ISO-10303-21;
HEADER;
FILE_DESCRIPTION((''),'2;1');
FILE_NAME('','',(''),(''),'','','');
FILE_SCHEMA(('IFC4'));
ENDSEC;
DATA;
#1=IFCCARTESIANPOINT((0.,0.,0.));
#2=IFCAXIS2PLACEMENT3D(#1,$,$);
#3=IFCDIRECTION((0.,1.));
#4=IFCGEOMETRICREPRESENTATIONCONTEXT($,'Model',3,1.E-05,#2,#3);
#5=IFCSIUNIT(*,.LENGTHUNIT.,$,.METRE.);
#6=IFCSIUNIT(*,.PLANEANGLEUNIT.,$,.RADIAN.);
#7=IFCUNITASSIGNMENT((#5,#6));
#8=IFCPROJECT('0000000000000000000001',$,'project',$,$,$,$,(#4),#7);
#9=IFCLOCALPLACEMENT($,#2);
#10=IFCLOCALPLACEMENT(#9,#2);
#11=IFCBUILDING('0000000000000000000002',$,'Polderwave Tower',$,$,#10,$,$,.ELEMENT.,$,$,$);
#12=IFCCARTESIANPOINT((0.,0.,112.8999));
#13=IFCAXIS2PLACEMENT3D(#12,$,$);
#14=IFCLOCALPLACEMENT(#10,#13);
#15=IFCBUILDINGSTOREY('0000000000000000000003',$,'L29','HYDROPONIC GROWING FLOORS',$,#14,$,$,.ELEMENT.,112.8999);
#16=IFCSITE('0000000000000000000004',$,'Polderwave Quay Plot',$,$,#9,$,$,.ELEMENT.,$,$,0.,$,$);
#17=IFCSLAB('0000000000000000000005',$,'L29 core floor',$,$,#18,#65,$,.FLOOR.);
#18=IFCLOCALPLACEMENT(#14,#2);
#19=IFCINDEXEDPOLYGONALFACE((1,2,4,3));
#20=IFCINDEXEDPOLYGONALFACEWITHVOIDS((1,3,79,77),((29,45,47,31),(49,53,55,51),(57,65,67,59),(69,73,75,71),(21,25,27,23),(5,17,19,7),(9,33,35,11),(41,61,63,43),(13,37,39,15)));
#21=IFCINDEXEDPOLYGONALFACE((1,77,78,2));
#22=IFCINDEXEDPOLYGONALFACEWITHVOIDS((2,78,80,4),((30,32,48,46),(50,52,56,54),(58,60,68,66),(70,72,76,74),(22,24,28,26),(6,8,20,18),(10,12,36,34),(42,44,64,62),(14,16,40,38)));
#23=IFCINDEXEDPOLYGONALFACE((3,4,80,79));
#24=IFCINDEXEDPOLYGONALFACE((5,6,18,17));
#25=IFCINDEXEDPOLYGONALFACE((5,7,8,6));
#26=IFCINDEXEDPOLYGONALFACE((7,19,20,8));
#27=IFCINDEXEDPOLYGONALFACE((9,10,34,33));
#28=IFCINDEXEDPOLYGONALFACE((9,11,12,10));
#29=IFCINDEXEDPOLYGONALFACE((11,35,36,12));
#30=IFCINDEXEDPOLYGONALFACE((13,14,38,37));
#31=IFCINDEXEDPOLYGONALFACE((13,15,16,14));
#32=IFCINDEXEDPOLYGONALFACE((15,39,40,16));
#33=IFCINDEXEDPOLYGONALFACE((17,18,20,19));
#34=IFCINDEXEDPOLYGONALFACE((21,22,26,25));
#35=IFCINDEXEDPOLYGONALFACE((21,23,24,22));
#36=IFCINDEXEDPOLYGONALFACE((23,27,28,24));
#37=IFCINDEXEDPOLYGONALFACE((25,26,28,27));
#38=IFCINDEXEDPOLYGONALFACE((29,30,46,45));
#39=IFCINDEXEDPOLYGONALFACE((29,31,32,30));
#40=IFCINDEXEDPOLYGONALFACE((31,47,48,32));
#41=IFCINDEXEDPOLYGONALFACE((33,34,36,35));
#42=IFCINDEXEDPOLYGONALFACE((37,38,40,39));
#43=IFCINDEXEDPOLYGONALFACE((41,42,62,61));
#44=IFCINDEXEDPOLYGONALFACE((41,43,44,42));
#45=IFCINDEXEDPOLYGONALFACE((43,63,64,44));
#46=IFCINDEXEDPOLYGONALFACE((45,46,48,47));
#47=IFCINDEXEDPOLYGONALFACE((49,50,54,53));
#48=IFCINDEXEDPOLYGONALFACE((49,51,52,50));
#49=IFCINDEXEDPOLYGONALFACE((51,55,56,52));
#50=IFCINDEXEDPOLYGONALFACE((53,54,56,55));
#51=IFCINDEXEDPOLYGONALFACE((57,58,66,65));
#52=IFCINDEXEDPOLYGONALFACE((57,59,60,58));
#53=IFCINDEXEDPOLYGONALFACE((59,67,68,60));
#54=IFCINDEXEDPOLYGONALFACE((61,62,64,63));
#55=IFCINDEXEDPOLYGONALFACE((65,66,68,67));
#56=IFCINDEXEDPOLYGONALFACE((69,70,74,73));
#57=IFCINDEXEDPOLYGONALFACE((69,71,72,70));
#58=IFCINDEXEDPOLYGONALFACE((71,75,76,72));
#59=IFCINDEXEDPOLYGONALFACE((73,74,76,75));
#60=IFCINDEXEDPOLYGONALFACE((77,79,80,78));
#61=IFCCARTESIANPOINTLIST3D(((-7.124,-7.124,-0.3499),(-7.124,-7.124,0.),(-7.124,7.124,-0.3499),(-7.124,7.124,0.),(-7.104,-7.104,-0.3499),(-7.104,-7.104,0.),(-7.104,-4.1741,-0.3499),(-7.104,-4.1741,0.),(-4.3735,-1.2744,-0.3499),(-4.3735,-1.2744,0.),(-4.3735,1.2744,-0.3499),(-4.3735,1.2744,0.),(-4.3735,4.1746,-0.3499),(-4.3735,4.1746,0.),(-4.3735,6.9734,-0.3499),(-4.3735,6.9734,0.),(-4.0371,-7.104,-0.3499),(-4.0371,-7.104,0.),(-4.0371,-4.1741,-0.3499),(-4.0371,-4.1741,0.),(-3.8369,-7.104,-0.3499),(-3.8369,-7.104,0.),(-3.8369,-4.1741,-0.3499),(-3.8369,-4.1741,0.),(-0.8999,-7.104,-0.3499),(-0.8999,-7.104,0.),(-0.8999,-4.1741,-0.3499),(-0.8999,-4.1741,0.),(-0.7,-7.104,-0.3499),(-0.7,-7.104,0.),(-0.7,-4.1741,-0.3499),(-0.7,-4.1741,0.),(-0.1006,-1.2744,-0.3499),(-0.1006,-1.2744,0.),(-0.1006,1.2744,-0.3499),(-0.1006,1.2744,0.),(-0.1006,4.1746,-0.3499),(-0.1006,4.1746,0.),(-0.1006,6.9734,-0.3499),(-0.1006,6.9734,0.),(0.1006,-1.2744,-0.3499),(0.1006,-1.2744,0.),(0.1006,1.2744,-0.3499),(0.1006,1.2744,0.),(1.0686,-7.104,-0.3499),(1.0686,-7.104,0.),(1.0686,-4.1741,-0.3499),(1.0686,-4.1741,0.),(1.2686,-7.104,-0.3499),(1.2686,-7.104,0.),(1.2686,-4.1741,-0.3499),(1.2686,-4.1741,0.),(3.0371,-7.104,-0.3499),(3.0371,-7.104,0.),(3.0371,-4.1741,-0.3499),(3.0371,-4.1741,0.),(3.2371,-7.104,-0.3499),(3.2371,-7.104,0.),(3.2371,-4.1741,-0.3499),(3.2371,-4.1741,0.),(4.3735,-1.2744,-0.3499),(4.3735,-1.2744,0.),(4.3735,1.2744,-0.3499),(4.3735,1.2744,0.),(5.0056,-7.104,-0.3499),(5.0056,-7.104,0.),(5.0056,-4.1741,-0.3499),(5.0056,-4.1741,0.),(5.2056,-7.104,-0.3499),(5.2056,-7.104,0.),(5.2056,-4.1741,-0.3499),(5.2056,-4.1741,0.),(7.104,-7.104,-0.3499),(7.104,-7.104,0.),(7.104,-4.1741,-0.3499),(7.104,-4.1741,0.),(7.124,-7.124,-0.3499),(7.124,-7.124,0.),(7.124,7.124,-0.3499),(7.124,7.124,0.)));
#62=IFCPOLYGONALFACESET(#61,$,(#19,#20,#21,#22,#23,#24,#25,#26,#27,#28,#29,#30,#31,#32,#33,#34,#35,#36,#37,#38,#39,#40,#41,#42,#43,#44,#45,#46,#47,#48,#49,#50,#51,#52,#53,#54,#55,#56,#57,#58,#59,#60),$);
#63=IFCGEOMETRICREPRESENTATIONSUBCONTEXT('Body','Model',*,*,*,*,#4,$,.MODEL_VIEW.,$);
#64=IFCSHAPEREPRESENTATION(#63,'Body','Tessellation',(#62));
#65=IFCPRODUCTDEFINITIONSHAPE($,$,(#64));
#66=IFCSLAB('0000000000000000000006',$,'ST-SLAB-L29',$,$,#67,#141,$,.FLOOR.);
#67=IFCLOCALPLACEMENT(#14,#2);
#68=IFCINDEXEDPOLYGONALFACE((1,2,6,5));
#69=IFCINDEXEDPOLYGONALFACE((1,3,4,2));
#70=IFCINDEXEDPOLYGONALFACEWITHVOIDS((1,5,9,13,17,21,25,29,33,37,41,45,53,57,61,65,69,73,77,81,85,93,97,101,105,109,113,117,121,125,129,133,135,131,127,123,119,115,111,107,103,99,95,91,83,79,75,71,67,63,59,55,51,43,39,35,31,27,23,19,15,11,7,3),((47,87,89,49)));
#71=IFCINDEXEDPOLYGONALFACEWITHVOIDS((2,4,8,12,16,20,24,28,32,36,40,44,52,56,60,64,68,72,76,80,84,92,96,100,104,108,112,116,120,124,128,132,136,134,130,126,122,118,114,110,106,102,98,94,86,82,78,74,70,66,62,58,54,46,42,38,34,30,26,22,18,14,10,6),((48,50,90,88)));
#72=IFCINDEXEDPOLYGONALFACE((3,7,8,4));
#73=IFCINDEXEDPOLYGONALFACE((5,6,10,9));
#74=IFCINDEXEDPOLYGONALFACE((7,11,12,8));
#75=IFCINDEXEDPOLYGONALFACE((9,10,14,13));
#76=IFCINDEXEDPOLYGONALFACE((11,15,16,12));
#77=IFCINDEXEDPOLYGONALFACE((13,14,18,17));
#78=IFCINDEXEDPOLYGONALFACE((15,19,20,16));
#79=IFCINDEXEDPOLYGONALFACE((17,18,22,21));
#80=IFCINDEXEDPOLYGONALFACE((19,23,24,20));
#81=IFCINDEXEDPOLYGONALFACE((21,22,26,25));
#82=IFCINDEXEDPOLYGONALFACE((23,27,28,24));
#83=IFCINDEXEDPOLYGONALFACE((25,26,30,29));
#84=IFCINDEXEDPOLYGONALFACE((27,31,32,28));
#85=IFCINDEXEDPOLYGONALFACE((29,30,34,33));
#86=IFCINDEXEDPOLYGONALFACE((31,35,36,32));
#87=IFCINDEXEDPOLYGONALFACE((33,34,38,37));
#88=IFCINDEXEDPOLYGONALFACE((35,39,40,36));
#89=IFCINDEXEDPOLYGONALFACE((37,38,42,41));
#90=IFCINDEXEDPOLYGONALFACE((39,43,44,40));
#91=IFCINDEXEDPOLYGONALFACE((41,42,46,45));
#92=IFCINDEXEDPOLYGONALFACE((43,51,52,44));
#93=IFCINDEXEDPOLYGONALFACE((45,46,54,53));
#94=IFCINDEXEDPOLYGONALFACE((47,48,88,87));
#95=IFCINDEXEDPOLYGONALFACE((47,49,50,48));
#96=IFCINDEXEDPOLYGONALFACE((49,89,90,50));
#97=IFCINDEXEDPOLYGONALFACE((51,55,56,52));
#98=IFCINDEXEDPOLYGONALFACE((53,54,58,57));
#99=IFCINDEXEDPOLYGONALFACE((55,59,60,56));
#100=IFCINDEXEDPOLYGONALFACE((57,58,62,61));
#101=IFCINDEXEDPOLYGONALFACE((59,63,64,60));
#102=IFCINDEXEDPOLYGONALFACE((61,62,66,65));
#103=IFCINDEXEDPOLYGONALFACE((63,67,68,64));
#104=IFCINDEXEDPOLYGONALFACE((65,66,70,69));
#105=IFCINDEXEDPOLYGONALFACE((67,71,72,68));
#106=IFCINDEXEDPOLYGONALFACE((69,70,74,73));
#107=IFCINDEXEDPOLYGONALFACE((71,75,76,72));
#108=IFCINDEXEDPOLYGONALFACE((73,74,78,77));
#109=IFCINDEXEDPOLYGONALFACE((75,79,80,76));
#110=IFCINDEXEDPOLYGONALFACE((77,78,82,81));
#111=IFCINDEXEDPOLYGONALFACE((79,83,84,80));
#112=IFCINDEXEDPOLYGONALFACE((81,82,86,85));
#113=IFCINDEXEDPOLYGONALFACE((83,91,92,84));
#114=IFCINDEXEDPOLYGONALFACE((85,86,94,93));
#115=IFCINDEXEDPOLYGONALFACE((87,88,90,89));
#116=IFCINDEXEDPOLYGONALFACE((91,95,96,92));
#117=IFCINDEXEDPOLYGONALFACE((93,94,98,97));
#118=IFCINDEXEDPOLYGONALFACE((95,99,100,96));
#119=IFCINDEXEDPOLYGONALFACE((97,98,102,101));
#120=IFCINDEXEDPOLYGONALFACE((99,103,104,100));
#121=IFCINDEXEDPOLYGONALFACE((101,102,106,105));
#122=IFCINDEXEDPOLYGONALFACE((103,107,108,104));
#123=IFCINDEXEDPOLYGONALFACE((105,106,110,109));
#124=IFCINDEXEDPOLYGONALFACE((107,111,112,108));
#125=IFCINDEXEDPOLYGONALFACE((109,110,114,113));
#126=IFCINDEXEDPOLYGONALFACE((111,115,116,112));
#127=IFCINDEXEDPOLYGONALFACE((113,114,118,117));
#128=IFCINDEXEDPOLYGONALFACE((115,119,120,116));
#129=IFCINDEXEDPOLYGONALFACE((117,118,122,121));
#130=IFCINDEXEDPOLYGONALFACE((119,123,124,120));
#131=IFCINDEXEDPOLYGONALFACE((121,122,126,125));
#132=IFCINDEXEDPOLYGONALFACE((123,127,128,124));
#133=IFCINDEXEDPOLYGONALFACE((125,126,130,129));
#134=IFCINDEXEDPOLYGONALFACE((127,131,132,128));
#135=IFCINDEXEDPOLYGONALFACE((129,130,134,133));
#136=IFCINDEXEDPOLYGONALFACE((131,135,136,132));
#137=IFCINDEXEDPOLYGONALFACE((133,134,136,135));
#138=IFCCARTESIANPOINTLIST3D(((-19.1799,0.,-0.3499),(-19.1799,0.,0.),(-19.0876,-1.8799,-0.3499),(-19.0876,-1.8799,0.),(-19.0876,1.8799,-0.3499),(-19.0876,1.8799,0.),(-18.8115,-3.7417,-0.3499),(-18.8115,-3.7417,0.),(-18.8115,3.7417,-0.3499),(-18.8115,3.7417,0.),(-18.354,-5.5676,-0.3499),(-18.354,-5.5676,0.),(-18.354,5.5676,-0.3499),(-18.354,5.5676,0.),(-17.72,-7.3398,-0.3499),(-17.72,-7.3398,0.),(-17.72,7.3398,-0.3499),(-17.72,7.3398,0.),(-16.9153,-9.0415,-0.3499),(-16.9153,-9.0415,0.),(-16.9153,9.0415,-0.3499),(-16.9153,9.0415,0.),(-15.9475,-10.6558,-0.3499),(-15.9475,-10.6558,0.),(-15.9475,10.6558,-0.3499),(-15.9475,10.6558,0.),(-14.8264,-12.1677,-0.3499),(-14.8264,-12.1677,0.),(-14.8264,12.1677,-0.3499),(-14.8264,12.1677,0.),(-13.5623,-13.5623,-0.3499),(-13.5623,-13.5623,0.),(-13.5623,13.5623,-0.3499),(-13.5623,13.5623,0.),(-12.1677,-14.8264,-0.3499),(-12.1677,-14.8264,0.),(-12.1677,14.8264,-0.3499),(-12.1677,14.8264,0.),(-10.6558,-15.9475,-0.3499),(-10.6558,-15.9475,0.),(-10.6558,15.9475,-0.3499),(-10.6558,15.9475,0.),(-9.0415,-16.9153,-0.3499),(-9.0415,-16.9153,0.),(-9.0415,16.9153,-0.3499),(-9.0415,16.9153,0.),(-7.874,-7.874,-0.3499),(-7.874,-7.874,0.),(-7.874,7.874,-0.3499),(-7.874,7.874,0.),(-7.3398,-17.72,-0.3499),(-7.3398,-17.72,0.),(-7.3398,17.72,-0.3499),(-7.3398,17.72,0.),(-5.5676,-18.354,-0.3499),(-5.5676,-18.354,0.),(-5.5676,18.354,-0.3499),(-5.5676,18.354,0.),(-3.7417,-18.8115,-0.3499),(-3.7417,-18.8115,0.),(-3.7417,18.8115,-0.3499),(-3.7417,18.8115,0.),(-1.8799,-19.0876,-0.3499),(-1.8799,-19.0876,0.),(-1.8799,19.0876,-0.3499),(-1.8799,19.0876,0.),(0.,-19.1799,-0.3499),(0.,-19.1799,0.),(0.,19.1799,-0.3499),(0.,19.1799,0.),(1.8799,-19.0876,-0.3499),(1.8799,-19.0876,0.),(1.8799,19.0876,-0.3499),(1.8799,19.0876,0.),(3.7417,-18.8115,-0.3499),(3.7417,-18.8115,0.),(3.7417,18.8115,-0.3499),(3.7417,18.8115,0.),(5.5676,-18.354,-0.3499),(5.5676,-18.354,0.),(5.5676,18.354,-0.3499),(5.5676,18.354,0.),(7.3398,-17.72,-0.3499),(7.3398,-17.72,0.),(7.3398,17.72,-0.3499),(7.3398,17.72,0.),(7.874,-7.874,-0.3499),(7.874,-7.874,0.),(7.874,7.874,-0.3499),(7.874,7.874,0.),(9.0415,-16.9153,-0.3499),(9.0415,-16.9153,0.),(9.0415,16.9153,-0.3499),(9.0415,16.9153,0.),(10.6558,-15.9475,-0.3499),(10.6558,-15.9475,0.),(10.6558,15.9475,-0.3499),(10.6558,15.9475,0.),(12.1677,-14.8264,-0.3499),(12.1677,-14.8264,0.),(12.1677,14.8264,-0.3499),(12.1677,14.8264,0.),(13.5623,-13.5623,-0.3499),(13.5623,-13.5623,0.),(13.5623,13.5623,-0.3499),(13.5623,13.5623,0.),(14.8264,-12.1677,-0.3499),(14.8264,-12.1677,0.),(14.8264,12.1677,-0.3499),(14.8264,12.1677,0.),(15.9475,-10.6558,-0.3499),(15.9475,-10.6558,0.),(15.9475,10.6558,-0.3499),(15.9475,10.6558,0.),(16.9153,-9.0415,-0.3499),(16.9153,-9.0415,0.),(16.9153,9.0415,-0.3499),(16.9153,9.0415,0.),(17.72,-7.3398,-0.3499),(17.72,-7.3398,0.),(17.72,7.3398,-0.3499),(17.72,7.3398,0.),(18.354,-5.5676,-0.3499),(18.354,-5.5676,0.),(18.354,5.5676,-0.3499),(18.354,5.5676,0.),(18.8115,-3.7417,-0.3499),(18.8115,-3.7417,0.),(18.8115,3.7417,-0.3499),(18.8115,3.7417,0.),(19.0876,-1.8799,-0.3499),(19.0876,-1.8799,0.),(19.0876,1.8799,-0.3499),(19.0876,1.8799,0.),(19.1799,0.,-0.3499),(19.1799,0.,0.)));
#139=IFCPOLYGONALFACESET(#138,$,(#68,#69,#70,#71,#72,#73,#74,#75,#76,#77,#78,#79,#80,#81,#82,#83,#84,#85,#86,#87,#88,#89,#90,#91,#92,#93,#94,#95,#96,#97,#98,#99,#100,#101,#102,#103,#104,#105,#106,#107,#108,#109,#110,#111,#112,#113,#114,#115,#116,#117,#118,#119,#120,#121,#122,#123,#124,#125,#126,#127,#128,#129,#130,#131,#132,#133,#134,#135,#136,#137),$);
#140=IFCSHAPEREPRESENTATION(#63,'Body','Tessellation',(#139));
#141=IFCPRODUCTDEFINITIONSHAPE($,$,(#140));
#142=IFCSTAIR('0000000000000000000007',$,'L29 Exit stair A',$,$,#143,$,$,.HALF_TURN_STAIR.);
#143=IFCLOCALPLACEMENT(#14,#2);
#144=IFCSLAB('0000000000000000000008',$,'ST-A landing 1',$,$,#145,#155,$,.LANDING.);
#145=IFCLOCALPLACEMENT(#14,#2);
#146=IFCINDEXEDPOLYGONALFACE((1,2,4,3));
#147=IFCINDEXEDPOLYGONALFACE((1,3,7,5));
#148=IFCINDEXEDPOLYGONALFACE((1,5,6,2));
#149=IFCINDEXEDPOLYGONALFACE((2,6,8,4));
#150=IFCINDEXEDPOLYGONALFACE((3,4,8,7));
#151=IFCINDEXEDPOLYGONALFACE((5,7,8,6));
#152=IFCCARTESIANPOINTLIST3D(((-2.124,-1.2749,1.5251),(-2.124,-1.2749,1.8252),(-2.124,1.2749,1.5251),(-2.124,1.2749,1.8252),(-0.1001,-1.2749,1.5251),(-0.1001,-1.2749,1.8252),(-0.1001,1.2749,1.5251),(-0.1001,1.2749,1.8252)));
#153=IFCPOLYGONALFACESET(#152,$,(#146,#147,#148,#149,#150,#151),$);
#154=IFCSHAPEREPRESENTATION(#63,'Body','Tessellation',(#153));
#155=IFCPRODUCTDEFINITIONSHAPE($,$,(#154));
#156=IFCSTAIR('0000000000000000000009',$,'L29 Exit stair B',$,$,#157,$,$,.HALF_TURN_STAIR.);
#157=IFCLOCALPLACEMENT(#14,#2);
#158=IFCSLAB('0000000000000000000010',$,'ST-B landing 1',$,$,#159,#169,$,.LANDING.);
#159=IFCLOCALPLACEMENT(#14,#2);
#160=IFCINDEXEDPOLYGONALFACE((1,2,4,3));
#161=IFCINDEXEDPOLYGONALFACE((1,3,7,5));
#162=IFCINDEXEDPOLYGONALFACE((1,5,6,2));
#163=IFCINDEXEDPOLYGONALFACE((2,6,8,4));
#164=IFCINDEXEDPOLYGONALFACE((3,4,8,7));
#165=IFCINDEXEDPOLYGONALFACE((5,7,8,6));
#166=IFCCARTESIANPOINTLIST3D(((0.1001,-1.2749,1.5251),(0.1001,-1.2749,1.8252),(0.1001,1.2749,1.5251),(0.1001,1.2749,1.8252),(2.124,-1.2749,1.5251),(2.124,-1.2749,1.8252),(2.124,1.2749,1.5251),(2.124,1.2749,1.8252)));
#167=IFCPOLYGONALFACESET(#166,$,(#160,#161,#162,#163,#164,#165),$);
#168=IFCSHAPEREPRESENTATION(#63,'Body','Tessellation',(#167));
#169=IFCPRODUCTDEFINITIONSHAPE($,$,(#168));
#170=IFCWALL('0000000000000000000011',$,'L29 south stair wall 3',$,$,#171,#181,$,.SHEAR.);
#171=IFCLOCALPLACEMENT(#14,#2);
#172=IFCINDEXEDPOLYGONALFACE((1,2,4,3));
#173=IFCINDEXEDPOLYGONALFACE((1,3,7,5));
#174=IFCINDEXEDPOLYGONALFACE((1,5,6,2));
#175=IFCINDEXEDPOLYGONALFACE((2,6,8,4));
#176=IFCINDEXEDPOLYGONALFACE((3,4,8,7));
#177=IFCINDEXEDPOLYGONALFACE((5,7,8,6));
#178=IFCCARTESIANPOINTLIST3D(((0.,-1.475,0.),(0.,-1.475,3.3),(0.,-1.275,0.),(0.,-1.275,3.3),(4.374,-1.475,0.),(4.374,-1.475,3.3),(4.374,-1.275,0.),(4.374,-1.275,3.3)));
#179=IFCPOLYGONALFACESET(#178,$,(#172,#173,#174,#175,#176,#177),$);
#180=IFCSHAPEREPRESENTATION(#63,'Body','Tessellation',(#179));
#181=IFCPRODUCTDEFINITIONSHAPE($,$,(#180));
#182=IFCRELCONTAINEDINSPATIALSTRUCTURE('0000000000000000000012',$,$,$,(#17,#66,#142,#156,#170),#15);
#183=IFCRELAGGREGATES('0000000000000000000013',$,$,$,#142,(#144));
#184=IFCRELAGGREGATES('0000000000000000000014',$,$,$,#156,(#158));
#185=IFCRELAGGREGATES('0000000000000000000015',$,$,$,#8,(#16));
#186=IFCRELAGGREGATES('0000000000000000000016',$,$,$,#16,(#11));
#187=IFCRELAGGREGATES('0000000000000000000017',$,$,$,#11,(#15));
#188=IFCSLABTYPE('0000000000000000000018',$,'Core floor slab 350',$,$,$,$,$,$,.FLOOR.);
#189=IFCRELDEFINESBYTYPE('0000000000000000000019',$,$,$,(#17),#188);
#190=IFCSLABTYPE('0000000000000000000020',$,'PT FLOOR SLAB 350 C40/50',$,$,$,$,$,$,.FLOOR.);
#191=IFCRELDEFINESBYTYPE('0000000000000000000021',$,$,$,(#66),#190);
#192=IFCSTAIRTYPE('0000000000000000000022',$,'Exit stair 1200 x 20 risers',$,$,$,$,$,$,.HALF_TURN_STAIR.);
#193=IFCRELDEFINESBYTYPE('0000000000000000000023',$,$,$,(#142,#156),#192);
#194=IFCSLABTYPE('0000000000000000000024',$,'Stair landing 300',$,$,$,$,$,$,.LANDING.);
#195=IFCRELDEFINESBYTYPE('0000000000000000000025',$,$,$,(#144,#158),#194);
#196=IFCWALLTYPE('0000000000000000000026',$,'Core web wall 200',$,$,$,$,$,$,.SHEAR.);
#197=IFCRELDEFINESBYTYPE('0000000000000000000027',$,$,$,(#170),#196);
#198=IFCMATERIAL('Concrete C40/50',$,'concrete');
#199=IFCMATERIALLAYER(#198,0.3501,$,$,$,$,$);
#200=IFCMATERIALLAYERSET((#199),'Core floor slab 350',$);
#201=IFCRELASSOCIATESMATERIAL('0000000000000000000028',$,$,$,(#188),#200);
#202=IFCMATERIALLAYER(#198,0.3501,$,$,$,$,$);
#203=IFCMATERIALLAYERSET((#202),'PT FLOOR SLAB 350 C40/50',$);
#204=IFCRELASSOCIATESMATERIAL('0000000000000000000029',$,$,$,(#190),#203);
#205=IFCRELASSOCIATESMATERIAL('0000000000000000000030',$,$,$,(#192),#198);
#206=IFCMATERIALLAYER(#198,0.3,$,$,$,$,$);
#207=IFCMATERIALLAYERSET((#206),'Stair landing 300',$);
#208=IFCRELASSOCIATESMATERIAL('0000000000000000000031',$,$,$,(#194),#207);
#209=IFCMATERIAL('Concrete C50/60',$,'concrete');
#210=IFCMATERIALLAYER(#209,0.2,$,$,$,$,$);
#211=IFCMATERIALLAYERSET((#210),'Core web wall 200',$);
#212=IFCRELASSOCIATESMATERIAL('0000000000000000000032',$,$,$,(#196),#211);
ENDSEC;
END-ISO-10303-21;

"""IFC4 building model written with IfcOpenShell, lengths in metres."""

from ifc_helpers import new_model, si_unit, direction, frame, frame_2d, origin, place, context, subcontext, project, spatial, polyline, rectangle, outline, extrude, material, layer, layer_set, type_object, element, aggregate, save


model = new_model("IFC4")

# Units and contexts
model_context = context("Model", 3, precision=1e-05, world=origin(), true_north=direction((0.0, 1.0)))
body_context = subcontext(model_context, "Body", "Model", "MODEL_VIEW")
ifc_project = project(units=[si_unit("LENGTHUNIT", "METRE"), si_unit("PLANEANGLEUNIT", "RADIAN")], contexts=[model_context])

# Site, building, storey
site_placement = place(None, origin())
site = spatial("IfcSite", under=ifc_project, at=site_placement, Name="Polderwave Quay Plot", CompositionType="ELEMENT", RefElevation=0.0)
building_placement = place(site_placement, origin())
building = spatial("IfcBuilding", under=site, at=building_placement, Name="Polderwave Tower", CompositionType="ELEMENT")
storey_placement = place(building_placement, frame((0.0, 0.0, 112.8999)))
storey = spatial("IfcBuildingStorey", under=building, at=storey_placement, Name="L29", Description="HYDROPONIC GROWING FLOORS", CompositionType="ELEMENT", Elevation=112.8999)

# Slabs
ifc_material_1 = material(Name="Concrete C40/50", Category="concrete")
ifc_layer_1 = layer(ifc_material_1, 0.3501)
ifc_layer_set_1 = layer_set([ifc_layer_1], Name="Core floor slab 350")
slab_type_1 = type_object("IfcSlabType", Name="Core floor slab 350", PredefinedType="FLOOR", material=ifc_layer_set_1)
slab_1_placement = place(storey_placement, frame((0.0, 0.0, -0.3499)))
element("IfcSlab", 1, at=slab_1_placement, inside=storey, type_object=slab_type_1, Name="L29 core floor", PredefinedType="FLOOR", context=body_context, shape_type="SweptSolid", body=[
    extrude(outline(polyline([(-7.124, -7.124), (7.124, -7.124), (7.124, 7.124), (-7.124, 7.124), (-7.124, -7.124)]), holes=[polyline([(-7.104, -7.104), (-4.0371, -7.104), (-4.0371, -4.1741), (-7.104, -4.1741), (-7.104, -7.104)]), polyline([(-3.8369, -7.104), (-0.8999, -7.104), (-0.8999, -4.1741), (-3.8369, -4.1741), (-3.8369, -7.104)]), polyline([(-0.7, -7.104), (1.0686, -7.104), (1.0686, -4.1741), (-0.7, -4.1741), (-0.7, -7.104)]), polyline([(1.2686, -7.104), (3.0371, -7.104), (3.0371, -4.1741), (1.2686, -4.1741), (1.2686, -7.104)]), polyline([(3.2371, -7.104), (5.0056, -7.104), (5.0056, -4.1741), (3.2371, -4.1741), (3.2371, -7.104)]), polyline([(5.2056, -7.104), (7.104, -7.104), (7.104, -4.1741), (5.2056, -4.1741), (5.2056, -7.104)]), polyline([(-4.3735, -1.2744), (-0.1006, -1.2744), (-0.1006, 1.2744), (-4.3735, 1.2744), (-4.3735, -1.2744)]), polyline([(0.1006, -1.2744), (4.3735, -1.2744), (4.3735, 1.2744), (0.1006, 1.2744), (0.1006, -1.2744)]), polyline([(-4.3735, 4.1746), (-0.1006, 4.1746), (-0.1006, 6.9734), (-4.3735, 6.9734), (-4.3735, 4.1746)])]), origin(), (0.0, 0.0, 1.0), 0.3499),
])
ifc_layer_2 = layer(ifc_material_1, 0.3501)
ifc_layer_set_2 = layer_set([ifc_layer_2], Name="PT FLOOR SLAB 350 C40/50")
slab_type_2 = type_object("IfcSlabType", Name="PT FLOOR SLAB 350 C40/50", PredefinedType="FLOOR", material=ifc_layer_set_2)
slab_2_placement = place(storey_placement, frame((0.0, 0.0, -0.3499)))
element("IfcSlab", 2, at=slab_2_placement, inside=storey, type_object=slab_type_2, Name="ST-SLAB-L29", PredefinedType="FLOOR", context=body_context, shape_type="SweptSolid", body=[
    extrude(outline(polyline([(19.1799, 0.0), (19.0876, 1.8799), (18.8115, 3.7417), (18.354, 5.5676), (17.72, 7.3398), (16.9153, 9.0415), (15.9475, 10.6558), (14.8264, 12.1677), (13.5623, 13.5623), (12.1677, 14.8264), (10.6558, 15.9475), (9.0415, 16.9153), (7.3398, 17.72), (5.5676, 18.354), (3.7417, 18.8115), (1.8799, 19.0876), (0.0, 19.1799), (-1.8799, 19.0876), (-3.7417, 18.8115), (-5.5676, 18.354), (-7.3398, 17.72), (-9.0415, 16.9153), (-10.6558, 15.9475), (-12.1677, 14.8264), (-13.5623, 13.5623), (-14.8264, 12.1677), (-15.9475, 10.6558), (-16.9153, 9.0415), (-17.72, 7.3398), (-18.354, 5.5676), (-18.8115, 3.7417), (-19.0876, 1.8799), (-19.1799, 0.0), (-19.0876, -1.8799), (-18.8115, -3.7417), (-18.354, -5.5676), (-17.72, -7.3398), (-16.9153, -9.0415), (-15.9475, -10.6558), (-14.8264, -12.1677), (-13.5623, -13.5623), (-12.1677, -14.8264), (-10.6558, -15.9475), (-9.0415, -16.9153), (-7.3398, -17.72), (-5.5676, -18.354), (-3.7417, -18.8115), (-1.8799, -19.0876), (0.0, -19.1799), (1.8799, -19.0876), (3.7417, -18.8115), (5.5676, -18.354), (7.3398, -17.72), (9.0415, -16.9153), (10.6558, -15.9475), (12.1677, -14.8264), (13.5623, -13.5623), (14.8264, -12.1677), (15.9475, -10.6558), (16.9153, -9.0415), (17.72, -7.3398), (18.354, -5.5676), (18.8115, -3.7417), (19.0876, -1.8799), (19.1799, 0.0)]), holes=[polyline([(-7.874, -7.874), (7.874, -7.874), (7.874, 7.874), (-7.874, 7.874), (-7.874, -7.874)])]), origin(), (0.0, 0.0, 1.0), 0.3499),
])

# Stairs, slabs
stair_type = type_object("IfcStairType", Name="Exit stair 1200 x 20 risers", PredefinedType="HALF_TURN_STAIR", material=ifc_material_1)
stair_1_placement = place(storey_placement, origin())
stair_1 = element("IfcStair", 3, at=stair_1_placement, inside=storey, type_object=stair_type, Name="L29 Exit stair A", PredefinedType="HALF_TURN_STAIR")
ifc_layer_3 = layer(ifc_material_1, 0.3)
ifc_layer_set_3 = layer_set([ifc_layer_3], Name="Stair landing 300")
slab_type_3 = type_object("IfcSlabType", Name="Stair landing 300", PredefinedType="LANDING", material=ifc_layer_set_3)
slab_3_placement = place(storey_placement, frame((0.0, 0.0, 1.5251)))
slab_3 = element("IfcSlab", 4, at=slab_3_placement, type_object=slab_type_3, Name="ST-A landing 1", PredefinedType="LANDING", context=body_context, shape_type="SweptSolid", body=[
    extrude(outline(polyline([(-2.124, -1.2749), (-0.1001, -1.2749), (-0.1001, 1.2749), (-2.124, 1.2749), (-2.124, -1.2749)])), origin(), (0.0, 0.0, 1.0), 0.3),
])
aggregate(stair_1, [slab_3])
stair_2_placement = place(storey_placement, origin())
stair_2 = element("IfcStair", 5, at=stair_2_placement, inside=storey, type_object=stair_type, Name="L29 Exit stair B", PredefinedType="HALF_TURN_STAIR")
slab_4_placement = place(storey_placement, frame((0.0, 0.0, 1.5251)))
slab_4 = element("IfcSlab", 6, at=slab_4_placement, type_object=slab_type_3, Name="ST-B landing 1", PredefinedType="LANDING", context=body_context, shape_type="SweptSolid", body=[
    extrude(outline(polyline([(2.124, 1.2749), (0.1001, 1.2749), (0.1001, -1.2749), (2.124, -1.2749), (2.124, 1.2749)])), origin(), (0.0, 0.0, 1.0), 0.3),
])

# Wall
ifc_material_2 = material(Name="Concrete C50/60", Category="concrete")
ifc_layer_4 = layer(ifc_material_2, 0.2)
ifc_layer_set_4 = layer_set([ifc_layer_4], Name="Core web wall 200")
wall_type_1 = type_object("IfcWallType", Name="Core web wall 200", PredefinedType="SHEAR", material=ifc_layer_set_4)
wall_1_placement = place(storey_placement, frame((0.0, -1.375, 0.0), z_axis=(0.0, 0.0, 1.0), x_axis=(1.0, 0.0, 0.0)))
element("IfcWall", 7, at=wall_1_placement, inside=storey, type_object=wall_type_1, Name="L29 south stair wall 3", PredefinedType="SHEAR", context=body_context, shape_type="SweptSolid", body=[
    extrude(rectangle(XDim=4.374, YDim=0.2, at=frame_2d((2.187, 0.0))), origin(), (0.0, 0.0, 1.0), 3.3),
])

aggregate(stair_2, [slab_4])

save(model, "model.ifc")
